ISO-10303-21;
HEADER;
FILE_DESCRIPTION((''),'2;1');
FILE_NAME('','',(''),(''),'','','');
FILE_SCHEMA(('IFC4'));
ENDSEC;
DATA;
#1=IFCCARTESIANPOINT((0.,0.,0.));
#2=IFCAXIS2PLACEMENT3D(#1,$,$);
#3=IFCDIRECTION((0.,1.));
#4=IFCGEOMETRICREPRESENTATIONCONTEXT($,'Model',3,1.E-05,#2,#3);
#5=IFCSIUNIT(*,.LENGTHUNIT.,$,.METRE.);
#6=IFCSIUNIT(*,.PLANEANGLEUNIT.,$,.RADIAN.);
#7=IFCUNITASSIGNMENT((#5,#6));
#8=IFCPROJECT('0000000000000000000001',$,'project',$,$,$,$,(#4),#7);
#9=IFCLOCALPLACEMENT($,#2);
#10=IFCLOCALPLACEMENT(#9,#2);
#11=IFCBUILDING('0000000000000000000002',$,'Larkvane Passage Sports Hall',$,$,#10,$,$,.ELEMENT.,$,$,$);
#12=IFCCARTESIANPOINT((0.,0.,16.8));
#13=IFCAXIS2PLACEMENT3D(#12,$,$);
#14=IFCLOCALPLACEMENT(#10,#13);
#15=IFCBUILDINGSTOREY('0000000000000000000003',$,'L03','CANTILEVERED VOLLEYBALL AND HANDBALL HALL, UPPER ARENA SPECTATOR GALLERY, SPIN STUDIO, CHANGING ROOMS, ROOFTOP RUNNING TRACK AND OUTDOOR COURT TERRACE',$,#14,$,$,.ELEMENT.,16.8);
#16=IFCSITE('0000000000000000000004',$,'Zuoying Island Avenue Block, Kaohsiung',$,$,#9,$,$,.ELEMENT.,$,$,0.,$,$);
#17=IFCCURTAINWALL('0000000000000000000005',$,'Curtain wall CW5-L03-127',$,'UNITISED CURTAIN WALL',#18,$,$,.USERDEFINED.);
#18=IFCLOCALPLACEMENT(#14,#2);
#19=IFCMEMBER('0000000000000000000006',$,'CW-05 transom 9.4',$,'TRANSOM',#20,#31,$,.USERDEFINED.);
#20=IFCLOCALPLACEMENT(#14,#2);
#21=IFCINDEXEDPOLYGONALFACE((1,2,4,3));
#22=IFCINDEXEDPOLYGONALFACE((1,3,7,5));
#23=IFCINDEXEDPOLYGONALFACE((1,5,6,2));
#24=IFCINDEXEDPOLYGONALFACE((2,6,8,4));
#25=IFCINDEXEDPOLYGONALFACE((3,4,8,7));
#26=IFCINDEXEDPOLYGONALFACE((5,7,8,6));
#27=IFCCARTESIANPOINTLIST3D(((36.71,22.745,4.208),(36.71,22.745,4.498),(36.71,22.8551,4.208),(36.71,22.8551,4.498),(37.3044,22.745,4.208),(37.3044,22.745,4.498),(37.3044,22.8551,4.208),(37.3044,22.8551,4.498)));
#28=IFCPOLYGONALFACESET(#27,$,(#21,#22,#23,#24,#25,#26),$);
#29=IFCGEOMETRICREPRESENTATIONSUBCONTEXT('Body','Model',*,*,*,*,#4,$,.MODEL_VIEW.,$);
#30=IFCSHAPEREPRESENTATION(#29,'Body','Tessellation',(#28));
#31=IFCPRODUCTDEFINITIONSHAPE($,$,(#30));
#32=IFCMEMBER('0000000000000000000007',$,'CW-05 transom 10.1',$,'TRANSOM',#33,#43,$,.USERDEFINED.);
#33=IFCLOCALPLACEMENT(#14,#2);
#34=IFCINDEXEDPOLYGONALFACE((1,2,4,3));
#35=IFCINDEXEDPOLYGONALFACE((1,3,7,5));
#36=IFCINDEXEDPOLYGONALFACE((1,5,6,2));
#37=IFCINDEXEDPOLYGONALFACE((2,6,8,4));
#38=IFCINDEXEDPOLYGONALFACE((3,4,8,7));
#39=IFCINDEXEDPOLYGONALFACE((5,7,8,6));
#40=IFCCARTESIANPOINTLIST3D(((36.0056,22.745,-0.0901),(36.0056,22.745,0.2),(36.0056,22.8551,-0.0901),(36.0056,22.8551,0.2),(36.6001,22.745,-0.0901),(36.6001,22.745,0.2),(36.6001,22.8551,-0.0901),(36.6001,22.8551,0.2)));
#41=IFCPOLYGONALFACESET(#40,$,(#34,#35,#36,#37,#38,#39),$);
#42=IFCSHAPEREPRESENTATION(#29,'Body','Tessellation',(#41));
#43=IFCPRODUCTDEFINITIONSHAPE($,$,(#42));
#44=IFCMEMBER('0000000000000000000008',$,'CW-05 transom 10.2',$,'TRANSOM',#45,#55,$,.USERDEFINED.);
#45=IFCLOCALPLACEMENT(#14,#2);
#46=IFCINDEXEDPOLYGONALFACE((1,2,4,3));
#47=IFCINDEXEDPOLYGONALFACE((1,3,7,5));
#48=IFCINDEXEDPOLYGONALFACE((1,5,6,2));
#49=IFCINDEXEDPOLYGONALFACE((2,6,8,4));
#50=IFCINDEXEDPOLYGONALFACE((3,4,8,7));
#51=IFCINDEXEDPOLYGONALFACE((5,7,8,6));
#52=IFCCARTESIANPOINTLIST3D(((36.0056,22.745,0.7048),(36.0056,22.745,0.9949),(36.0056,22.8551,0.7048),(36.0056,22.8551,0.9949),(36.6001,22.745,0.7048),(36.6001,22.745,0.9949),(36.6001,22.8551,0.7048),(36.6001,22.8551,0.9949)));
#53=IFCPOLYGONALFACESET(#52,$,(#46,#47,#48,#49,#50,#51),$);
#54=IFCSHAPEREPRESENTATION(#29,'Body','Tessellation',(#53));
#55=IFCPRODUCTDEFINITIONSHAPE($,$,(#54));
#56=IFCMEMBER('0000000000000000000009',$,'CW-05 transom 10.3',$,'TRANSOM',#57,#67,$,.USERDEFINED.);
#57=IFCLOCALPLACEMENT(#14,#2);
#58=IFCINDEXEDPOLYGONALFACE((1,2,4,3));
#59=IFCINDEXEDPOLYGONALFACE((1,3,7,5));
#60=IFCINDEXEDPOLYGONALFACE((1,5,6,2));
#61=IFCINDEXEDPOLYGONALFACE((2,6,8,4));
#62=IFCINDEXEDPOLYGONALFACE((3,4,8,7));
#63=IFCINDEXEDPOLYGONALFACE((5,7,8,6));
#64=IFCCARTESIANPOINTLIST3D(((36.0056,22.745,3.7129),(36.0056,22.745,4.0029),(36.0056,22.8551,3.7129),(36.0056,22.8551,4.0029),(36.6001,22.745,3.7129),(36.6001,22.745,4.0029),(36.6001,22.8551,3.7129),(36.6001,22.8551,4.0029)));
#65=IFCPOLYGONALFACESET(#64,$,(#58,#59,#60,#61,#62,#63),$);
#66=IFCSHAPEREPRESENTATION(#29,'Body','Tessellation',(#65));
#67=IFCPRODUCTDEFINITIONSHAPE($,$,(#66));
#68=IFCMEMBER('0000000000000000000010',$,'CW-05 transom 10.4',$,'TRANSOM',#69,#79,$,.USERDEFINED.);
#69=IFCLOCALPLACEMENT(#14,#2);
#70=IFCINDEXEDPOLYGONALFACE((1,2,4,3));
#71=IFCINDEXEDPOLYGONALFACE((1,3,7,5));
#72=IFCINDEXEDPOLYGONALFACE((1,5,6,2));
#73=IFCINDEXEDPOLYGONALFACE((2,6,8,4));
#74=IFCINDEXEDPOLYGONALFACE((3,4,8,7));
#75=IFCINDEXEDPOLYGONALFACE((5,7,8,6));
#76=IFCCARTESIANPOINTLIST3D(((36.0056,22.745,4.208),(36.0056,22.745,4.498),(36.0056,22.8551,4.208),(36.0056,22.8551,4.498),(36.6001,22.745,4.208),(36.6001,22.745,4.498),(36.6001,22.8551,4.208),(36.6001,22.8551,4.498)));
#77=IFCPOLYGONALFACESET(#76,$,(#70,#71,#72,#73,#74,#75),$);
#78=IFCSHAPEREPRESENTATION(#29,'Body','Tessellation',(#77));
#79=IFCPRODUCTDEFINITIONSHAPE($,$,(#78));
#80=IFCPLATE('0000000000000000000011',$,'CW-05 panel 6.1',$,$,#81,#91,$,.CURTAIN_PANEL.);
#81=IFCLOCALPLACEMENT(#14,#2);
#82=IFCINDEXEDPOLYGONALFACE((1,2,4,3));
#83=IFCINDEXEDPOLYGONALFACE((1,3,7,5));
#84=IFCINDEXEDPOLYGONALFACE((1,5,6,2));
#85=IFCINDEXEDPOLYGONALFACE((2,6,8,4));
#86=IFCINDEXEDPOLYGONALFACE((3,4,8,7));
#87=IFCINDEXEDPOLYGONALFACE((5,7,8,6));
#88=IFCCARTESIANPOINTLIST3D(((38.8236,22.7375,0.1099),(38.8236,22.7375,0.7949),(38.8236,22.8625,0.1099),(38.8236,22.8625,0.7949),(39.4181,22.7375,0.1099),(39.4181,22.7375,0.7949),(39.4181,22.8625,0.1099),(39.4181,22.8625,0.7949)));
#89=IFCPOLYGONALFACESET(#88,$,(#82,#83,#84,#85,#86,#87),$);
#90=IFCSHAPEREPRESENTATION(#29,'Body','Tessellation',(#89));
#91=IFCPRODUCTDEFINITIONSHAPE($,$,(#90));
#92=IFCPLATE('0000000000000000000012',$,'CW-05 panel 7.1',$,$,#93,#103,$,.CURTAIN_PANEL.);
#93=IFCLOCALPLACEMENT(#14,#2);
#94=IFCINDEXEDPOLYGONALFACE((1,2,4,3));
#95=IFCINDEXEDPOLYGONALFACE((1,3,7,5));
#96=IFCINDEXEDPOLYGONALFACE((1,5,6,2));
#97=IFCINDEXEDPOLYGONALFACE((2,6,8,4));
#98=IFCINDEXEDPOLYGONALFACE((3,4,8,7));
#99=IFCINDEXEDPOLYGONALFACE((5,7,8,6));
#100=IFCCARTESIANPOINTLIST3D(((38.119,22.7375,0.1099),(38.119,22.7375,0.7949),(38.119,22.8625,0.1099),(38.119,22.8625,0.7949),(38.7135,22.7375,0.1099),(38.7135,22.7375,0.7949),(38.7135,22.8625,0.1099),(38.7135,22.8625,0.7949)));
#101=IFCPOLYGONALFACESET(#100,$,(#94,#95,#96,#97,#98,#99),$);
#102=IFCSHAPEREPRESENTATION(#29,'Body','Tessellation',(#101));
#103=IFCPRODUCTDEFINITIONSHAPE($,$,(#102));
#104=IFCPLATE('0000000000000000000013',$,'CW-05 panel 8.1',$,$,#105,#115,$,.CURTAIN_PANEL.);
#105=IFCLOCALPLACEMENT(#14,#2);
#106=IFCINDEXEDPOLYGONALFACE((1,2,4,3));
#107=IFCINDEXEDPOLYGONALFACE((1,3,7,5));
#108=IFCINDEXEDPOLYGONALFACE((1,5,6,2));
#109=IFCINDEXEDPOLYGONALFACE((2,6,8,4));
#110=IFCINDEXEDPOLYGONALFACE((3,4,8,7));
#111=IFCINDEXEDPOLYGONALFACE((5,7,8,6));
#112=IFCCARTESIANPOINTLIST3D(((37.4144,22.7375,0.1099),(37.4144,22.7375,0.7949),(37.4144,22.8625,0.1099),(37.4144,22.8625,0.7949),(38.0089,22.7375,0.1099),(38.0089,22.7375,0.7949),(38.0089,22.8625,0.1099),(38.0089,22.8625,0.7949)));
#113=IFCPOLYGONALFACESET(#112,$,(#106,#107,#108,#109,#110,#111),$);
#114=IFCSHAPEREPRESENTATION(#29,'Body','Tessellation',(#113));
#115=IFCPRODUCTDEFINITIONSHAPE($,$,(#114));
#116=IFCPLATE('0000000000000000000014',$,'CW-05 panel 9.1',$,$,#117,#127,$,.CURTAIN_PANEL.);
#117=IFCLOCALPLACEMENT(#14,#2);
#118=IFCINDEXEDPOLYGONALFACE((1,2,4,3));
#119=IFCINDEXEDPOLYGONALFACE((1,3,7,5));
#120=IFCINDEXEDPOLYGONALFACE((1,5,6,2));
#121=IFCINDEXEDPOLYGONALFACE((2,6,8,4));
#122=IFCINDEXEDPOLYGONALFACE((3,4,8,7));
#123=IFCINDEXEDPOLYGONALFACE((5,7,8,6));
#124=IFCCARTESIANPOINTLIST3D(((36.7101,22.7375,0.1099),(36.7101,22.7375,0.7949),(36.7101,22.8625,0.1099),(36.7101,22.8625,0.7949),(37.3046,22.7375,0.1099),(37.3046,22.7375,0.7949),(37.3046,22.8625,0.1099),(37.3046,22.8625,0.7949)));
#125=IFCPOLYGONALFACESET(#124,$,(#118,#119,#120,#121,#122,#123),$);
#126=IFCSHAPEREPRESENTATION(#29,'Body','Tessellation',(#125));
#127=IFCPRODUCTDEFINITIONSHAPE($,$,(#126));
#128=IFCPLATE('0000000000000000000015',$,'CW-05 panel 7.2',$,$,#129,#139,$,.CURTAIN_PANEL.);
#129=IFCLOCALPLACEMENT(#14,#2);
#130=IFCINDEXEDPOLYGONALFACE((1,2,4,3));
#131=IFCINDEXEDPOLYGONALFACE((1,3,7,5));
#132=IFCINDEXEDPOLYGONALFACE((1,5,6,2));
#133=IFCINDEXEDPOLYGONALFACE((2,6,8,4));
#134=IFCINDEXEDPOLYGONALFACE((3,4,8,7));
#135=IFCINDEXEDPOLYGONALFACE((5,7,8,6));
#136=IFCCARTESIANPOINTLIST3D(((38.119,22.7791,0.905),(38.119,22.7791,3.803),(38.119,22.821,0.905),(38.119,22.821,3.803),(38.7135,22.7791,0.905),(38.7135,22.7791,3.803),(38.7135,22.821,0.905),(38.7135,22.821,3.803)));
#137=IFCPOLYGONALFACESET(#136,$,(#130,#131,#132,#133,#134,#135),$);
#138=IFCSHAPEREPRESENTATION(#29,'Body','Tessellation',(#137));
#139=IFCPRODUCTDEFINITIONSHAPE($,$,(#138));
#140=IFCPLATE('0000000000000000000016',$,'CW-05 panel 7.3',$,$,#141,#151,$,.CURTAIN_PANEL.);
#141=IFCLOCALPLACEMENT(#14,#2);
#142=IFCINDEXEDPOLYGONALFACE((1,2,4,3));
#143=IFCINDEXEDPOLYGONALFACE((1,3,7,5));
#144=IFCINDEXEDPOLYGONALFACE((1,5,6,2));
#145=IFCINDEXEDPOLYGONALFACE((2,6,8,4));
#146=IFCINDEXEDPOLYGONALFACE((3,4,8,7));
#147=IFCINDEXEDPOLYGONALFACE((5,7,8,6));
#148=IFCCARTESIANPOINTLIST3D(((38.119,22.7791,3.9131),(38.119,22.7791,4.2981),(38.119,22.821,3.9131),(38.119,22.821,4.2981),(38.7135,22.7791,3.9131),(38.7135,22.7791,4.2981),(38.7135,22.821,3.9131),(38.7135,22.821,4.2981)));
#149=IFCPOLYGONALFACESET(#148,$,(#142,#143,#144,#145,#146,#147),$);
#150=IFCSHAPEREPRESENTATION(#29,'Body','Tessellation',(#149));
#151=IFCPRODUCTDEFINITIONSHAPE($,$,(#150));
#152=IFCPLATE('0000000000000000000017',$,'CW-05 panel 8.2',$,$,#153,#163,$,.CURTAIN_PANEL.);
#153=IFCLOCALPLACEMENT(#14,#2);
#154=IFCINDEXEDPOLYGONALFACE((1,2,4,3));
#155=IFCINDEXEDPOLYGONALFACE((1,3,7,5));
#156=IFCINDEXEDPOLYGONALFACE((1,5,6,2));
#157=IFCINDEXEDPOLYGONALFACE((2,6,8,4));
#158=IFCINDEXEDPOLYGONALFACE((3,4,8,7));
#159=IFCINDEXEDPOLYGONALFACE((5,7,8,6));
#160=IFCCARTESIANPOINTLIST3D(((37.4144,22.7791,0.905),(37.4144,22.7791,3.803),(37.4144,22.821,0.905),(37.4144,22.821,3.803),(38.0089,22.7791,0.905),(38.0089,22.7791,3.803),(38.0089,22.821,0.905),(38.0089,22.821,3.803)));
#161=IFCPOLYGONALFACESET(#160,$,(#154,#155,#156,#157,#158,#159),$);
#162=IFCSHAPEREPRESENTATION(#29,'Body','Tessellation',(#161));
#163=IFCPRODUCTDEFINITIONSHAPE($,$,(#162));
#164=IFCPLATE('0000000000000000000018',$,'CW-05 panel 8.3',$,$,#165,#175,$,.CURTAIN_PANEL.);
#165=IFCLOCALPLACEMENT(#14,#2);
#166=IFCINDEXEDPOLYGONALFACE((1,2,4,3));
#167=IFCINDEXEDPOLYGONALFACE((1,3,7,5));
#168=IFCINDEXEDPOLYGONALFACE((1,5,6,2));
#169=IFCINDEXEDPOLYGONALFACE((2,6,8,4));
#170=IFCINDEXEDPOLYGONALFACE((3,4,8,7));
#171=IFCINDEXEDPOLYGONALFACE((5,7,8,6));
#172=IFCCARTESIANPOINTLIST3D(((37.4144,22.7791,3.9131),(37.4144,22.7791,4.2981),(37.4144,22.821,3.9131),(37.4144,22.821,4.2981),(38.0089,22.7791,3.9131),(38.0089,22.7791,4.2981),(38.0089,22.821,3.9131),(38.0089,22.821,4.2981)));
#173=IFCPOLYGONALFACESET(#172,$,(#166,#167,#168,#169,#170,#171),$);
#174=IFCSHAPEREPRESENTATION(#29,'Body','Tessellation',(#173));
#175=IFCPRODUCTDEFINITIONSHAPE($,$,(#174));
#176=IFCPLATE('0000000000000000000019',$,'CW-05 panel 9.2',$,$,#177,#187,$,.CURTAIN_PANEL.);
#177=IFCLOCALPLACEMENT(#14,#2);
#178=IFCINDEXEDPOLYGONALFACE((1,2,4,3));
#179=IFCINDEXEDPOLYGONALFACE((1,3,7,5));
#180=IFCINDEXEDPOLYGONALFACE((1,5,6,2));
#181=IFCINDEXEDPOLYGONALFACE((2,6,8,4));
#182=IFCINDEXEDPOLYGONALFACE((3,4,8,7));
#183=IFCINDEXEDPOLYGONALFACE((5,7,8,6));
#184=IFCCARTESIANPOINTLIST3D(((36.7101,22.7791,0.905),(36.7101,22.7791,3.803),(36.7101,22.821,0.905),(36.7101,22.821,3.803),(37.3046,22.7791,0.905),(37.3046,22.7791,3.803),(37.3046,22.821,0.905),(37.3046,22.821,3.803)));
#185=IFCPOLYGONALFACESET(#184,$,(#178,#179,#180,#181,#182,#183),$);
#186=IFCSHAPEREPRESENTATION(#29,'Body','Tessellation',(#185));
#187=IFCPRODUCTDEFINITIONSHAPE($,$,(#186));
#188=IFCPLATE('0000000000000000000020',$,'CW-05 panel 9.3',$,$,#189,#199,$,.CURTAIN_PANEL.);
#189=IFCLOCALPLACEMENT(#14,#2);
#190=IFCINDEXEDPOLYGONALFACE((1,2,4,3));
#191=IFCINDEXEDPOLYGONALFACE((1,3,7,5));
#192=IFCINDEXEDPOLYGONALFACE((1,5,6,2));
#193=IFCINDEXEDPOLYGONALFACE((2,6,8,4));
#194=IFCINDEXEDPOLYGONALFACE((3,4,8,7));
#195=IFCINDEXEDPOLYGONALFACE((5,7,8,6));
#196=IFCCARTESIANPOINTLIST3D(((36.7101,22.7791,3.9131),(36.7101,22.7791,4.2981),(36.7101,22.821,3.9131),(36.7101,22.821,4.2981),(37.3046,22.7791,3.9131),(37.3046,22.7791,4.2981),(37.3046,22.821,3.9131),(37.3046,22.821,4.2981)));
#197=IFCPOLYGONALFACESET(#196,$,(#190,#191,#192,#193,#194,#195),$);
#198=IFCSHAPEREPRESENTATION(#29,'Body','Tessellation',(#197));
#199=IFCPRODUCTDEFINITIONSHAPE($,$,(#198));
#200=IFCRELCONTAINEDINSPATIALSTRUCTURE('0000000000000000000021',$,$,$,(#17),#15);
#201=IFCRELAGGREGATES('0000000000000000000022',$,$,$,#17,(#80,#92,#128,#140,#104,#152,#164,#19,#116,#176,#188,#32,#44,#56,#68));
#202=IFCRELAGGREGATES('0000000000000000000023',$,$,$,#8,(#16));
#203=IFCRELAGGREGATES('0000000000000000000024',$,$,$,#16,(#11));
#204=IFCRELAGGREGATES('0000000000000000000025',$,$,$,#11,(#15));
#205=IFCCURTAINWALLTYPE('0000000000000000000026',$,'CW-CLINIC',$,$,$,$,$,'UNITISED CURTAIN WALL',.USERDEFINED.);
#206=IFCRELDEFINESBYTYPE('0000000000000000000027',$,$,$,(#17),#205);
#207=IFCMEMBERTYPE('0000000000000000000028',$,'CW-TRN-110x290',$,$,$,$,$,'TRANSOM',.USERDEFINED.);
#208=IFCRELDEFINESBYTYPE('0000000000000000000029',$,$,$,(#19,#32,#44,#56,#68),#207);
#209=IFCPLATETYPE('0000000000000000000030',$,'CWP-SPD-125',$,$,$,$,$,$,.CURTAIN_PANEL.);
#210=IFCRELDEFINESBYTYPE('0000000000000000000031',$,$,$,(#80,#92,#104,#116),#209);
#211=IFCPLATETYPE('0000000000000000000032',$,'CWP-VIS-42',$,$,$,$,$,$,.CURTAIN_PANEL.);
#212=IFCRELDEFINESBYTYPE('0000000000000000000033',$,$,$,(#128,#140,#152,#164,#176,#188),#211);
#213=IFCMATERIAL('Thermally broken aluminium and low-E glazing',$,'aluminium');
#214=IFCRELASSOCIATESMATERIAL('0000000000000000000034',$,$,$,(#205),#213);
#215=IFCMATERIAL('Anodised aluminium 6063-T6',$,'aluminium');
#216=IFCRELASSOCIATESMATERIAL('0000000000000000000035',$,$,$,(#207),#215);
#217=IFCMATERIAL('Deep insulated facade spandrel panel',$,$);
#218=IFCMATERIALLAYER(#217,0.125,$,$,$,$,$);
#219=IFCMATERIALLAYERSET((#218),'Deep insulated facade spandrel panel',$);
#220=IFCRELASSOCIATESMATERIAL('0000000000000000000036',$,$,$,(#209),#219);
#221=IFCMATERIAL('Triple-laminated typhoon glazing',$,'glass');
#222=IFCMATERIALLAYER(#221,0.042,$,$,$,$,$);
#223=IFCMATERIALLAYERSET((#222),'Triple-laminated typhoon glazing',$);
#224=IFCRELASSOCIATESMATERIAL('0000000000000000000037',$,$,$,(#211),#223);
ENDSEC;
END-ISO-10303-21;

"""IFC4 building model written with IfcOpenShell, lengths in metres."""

from ifc_helpers import new_model, si_unit, direction, frame, origin, origin_2d, place, context, subcontext, project, spatial, rectangle, extrude, material, layer, layer_set, material_profile, profile_set, type_object, element, aggregate, save


model = new_model("IFC4")

# Units and contexts
model_context = context("Model", 3, precision=1e-05, world=origin(), true_north=direction((0.0, 1.0)))
body_context = subcontext(model_context, "Body", "Model", "MODEL_VIEW")
ifc_project = project(units=[si_unit("LENGTHUNIT", "METRE"), si_unit("PLANEANGLEUNIT", "RADIAN")], contexts=[model_context])

# Site, building, storey
site_placement = place(None, origin())
site = spatial("IfcSite", under=ifc_project, at=site_placement, Name="Zuoying Island Avenue Block, Kaohsiung", CompositionType="ELEMENT", RefElevation=0.0)
building_placement = place(site_placement, origin())
building = spatial("IfcBuilding", under=site, at=building_placement, Name="Larkvane Passage Sports Hall", CompositionType="ELEMENT")
storey_placement = place(building_placement, frame((0.0, 0.0, 16.8)))
storey = spatial("IfcBuildingStorey", under=building, at=storey_placement, Name="L03", Description="CANTILEVERED VOLLEYBALL AND HANDBALL HALL, UPPER ARENA SPECTATOR GALLERY, SPIN STUDIO, CHANGING ROOMS, ROOFTOP RUNNING TRACK AND OUTDOOR COURT TERRACE", CompositionType="ELEMENT", Elevation=16.8)

# Curtain wall, members, plates
ifc_material_1 = material(Name="Thermally broken aluminium and low-E glazing", Category="aluminium")
curtain_wall_type = type_object("IfcCurtainWallType", Name="CW-CLINIC", ElementType="UNITISED CURTAIN WALL", PredefinedType="USERDEFINED", material=ifc_material_1)
curtain_wall_placement = place(storey_placement, origin())
curtain_wall = element("IfcCurtainWall", 1, at=curtain_wall_placement, inside=storey, type_object=curtain_wall_type, Name="Curtain wall CW5-L03-127", ObjectType="UNITISED CURTAIN WALL", PredefinedType="USERDEFINED")
ifc_material_2 = material(Name="Anodised aluminium 6063-T6", Category="aluminium")
ifc_material_profile_1 = material_profile(ifc_material_2, rectangle(XDim=0.1101, YDim=0.29, at=origin_2d()), Name="ALU-TRN-110x290")
ifc_profile_set_1 = profile_set([ifc_material_profile_1], Name="Anodised aluminium 6063-T6")
member_type_1 = type_object("IfcMemberType", Name="CW-TRN-110x290", ElementType="TRANSOM", PredefinedType="USERDEFINED", material=ifc_profile_set_1)
member_1_placement = place(storey_placement, frame((37.3044, 22.8, 4.353), z_axis=(-1.0, 0.0, 0.0), x_axis=(0.0, -1.0, 0.0)))
member_1 = element("IfcMember", 2, at=member_1_placement, type_object=member_type_1, Name="CW-05 transom 9.4", ObjectType="TRANSOM", PredefinedType="USERDEFINED", context=body_context, shape_type="SweptSolid", body=[
    extrude(rectangle(XDim=0.1101, YDim=0.29, at=origin_2d()), origin(), (0.0, 0.0, 1.0), 0.5945),
])
member_2_placement = place(storey_placement, frame((36.6001, 22.8, 0.0549), z_axis=(-1.0, 0.0, 0.0), x_axis=(0.0, -1.0, 0.0)))
member_2 = element("IfcMember", 3, at=member_2_placement, type_object=member_type_1, Name="CW-05 transom 10.1", ObjectType="TRANSOM", PredefinedType="USERDEFINED", context=body_context, shape_type="SweptSolid", body=[
    extrude(rectangle(XDim=0.1101, YDim=0.29, at=origin_2d()), origin(), (0.0, 0.0, 1.0), 0.5945),
])
member_3_placement = place(storey_placement, frame((36.6001, 22.8, 0.8499), z_axis=(-1.0, 0.0, 0.0), x_axis=(0.0, -1.0, 0.0)))
member_3 = element("IfcMember", 4, at=member_3_placement, type_object=member_type_1, Name="CW-05 transom 10.2", ObjectType="TRANSOM", PredefinedType="USERDEFINED", context=body_context, shape_type="SweptSolid", body=[
    extrude(rectangle(XDim=0.1101, YDim=0.29, at=origin_2d()), origin(), (0.0, 0.0, 1.0), 0.5945),
])
member_4_placement = place(storey_placement, frame((36.6001, 22.8, 3.8579), z_axis=(-1.0, 0.0, 0.0), x_axis=(0.0, -1.0, 0.0)))
member_4 = element("IfcMember", 5, at=member_4_placement, type_object=member_type_1, Name="CW-05 transom 10.3", ObjectType="TRANSOM", PredefinedType="USERDEFINED", context=body_context, shape_type="SweptSolid", body=[
    extrude(rectangle(XDim=0.1101, YDim=0.29, at=origin_2d()), origin(), (0.0, 0.0, 1.0), 0.5945),
])
member_5_placement = place(storey_placement, frame((36.6001, 22.8, 4.353), z_axis=(-1.0, 0.0, 0.0), x_axis=(0.0, -1.0, 0.0)))
member_5 = element("IfcMember", 6, at=member_5_placement, type_object=member_type_1, Name="CW-05 transom 10.4", ObjectType="TRANSOM", PredefinedType="USERDEFINED", context=body_context, shape_type="SweptSolid", body=[
    extrude(rectangle(XDim=0.1101, YDim=0.29, at=origin_2d()), origin(), (0.0, 0.0, 1.0), 0.5945),
])
ifc_material_3 = material(Name="Deep insulated facade spandrel panel")
ifc_layer_1 = layer(ifc_material_3, 0.125)
ifc_layer_set_1 = layer_set([ifc_layer_1], Name="Deep insulated facade spandrel panel")
plate_type_1 = type_object("IfcPlateType", Name="CWP-SPD-125", PredefinedType="CURTAIN_PANEL", material=ifc_layer_set_1)
plate_1_placement = place(storey_placement, frame((39.1208, 22.8, 0.1099), z_axis=(0.0, 0.0, 1.0), x_axis=(-1.0, 0.0, 0.0)))
plate_1 = element("IfcPlate", 7, at=plate_1_placement, type_object=plate_type_1, Name="CW-05 panel 6.1", PredefinedType="CURTAIN_PANEL", context=body_context, shape_type="SweptSolid", body=[
    extrude(rectangle(XDim=0.5945, YDim=0.125, at=origin_2d()), origin(), (0.0, 0.0, 1.0), 0.6851),
])
plate_2_placement = place(storey_placement, frame((38.4163, 22.8, 0.1099), z_axis=(0.0, 0.0, 1.0), x_axis=(-1.0, 0.0, 0.0)))
plate_2 = element("IfcPlate", 8, at=plate_2_placement, type_object=plate_type_1, Name="CW-05 panel 7.1", PredefinedType="CURTAIN_PANEL", context=body_context, shape_type="SweptSolid", body=[
    extrude(rectangle(XDim=0.5945, YDim=0.125, at=origin_2d()), origin(), (0.0, 0.0, 1.0), 0.6851),
])
plate_3_placement = place(storey_placement, frame((37.7117, 22.8, 0.1099), z_axis=(0.0, 0.0, 1.0), x_axis=(-1.0, 0.0, 0.0)))
plate_3 = element("IfcPlate", 9, at=plate_3_placement, type_object=plate_type_1, Name="CW-05 panel 8.1", PredefinedType="CURTAIN_PANEL", context=body_context, shape_type="SweptSolid", body=[
    extrude(rectangle(XDim=0.5945, YDim=0.125, at=origin_2d()), origin(), (0.0, 0.0, 1.0), 0.6851),
])
plate_4_placement = place(storey_placement, frame((37.0073, 22.8, 0.1099), z_axis=(0.0, 0.0, 1.0), x_axis=(-1.0, 0.0, 0.0)))
plate_4 = element("IfcPlate", 10, at=plate_4_placement, type_object=plate_type_1, Name="CW-05 panel 9.1", PredefinedType="CURTAIN_PANEL", context=body_context, shape_type="SweptSolid", body=[
    extrude(rectangle(XDim=0.5945, YDim=0.125, at=origin_2d()), origin(), (0.0, 0.0, 1.0), 0.6851),
])
ifc_material_4 = material(Name="Triple-laminated typhoon glazing", Category="glass")
ifc_layer_2 = layer(ifc_material_4, 0.042)
ifc_layer_set_2 = layer_set([ifc_layer_2], Name="Triple-laminated typhoon glazing")
plate_type_2 = type_object("IfcPlateType", Name="CWP-VIS-42", PredefinedType="CURTAIN_PANEL", material=ifc_layer_set_2)
plate_5_placement = place(storey_placement, frame((38.4163, 22.8, 0.905), z_axis=(0.0, 0.0, 1.0), x_axis=(-1.0, 0.0, 0.0)))
plate_5 = element("IfcPlate", 11, at=plate_5_placement, type_object=plate_type_2, Name="CW-05 panel 7.2", PredefinedType="CURTAIN_PANEL", context=body_context, shape_type="SweptSolid", body=[
    extrude(rectangle(XDim=0.5945, YDim=0.042, at=origin_2d()), origin(), (0.0, 0.0, 1.0), 2.8979),
])
plate_6_placement = place(storey_placement, frame((38.4163, 22.8, 3.9131), z_axis=(0.0, 0.0, 1.0), x_axis=(-1.0, 0.0, 0.0)))
plate_6 = element("IfcPlate", 12, at=plate_6_placement, type_object=plate_type_2, Name="CW-05 panel 7.3", PredefinedType="CURTAIN_PANEL", context=body_context, shape_type="SweptSolid", body=[
    extrude(rectangle(XDim=0.5945, YDim=0.042, at=origin_2d()), origin(), (0.0, 0.0, 1.0), 0.385),
])
plate_7_placement = place(storey_placement, frame((37.7117, 22.8, 0.905), z_axis=(0.0, 0.0, 1.0), x_axis=(-1.0, 0.0, 0.0)))
plate_7 = element("IfcPlate", 13, at=plate_7_placement, type_object=plate_type_2, Name="CW-05 panel 8.2", PredefinedType="CURTAIN_PANEL", context=body_context, shape_type="SweptSolid", body=[
    extrude(rectangle(XDim=0.5945, YDim=0.042, at=origin_2d()), origin(), (0.0, 0.0, 1.0), 2.8979),
])
plate_8_placement = place(storey_placement, frame((37.7117, 22.8, 3.9131), z_axis=(0.0, 0.0, 1.0), x_axis=(-1.0, 0.0, 0.0)))
plate_8 = element("IfcPlate", 14, at=plate_8_placement, type_object=plate_type_2, Name="CW-05 panel 8.3", PredefinedType="CURTAIN_PANEL", context=body_context, shape_type="SweptSolid", body=[
    extrude(rectangle(XDim=0.5945, YDim=0.042, at=origin_2d()), origin(), (0.0, 0.0, 1.0), 0.385),
])
plate_9_placement = place(storey_placement, frame((37.0073, 22.8, 0.905), z_axis=(0.0, 0.0, 1.0), x_axis=(-1.0, 0.0, 0.0)))
plate_9 = element("IfcPlate", 15, at=plate_9_placement, type_object=plate_type_2, Name="CW-05 panel 9.2", PredefinedType="CURTAIN_PANEL", context=body_context, shape_type="SweptSolid", body=[
    extrude(rectangle(XDim=0.5945, YDim=0.042, at=origin_2d()), origin(), (0.0, 0.0, 1.0), 2.8979),
])
plate_10_placement = place(storey_placement, frame((37.0073, 22.8, 3.9131), z_axis=(0.0, 0.0, 1.0), x_axis=(-1.0, 0.0, 0.0)))
plate_10 = element("IfcPlate", 16, at=plate_10_placement, type_object=plate_type_2, Name="CW-05 panel 9.3", PredefinedType="CURTAIN_PANEL", context=body_context, shape_type="SweptSolid", body=[
    extrude(rectangle(XDim=0.5945, YDim=0.042, at=origin_2d()), origin(), (0.0, 0.0, 1.0), 0.385),
])
aggregate(curtain_wall, [plate_1, plate_2, plate_5, plate_6, plate_3, plate_7, plate_8, member_1, plate_4, plate_9, plate_10, member_2, member_3, member_4, member_5])

save(model, "model.ifc")
